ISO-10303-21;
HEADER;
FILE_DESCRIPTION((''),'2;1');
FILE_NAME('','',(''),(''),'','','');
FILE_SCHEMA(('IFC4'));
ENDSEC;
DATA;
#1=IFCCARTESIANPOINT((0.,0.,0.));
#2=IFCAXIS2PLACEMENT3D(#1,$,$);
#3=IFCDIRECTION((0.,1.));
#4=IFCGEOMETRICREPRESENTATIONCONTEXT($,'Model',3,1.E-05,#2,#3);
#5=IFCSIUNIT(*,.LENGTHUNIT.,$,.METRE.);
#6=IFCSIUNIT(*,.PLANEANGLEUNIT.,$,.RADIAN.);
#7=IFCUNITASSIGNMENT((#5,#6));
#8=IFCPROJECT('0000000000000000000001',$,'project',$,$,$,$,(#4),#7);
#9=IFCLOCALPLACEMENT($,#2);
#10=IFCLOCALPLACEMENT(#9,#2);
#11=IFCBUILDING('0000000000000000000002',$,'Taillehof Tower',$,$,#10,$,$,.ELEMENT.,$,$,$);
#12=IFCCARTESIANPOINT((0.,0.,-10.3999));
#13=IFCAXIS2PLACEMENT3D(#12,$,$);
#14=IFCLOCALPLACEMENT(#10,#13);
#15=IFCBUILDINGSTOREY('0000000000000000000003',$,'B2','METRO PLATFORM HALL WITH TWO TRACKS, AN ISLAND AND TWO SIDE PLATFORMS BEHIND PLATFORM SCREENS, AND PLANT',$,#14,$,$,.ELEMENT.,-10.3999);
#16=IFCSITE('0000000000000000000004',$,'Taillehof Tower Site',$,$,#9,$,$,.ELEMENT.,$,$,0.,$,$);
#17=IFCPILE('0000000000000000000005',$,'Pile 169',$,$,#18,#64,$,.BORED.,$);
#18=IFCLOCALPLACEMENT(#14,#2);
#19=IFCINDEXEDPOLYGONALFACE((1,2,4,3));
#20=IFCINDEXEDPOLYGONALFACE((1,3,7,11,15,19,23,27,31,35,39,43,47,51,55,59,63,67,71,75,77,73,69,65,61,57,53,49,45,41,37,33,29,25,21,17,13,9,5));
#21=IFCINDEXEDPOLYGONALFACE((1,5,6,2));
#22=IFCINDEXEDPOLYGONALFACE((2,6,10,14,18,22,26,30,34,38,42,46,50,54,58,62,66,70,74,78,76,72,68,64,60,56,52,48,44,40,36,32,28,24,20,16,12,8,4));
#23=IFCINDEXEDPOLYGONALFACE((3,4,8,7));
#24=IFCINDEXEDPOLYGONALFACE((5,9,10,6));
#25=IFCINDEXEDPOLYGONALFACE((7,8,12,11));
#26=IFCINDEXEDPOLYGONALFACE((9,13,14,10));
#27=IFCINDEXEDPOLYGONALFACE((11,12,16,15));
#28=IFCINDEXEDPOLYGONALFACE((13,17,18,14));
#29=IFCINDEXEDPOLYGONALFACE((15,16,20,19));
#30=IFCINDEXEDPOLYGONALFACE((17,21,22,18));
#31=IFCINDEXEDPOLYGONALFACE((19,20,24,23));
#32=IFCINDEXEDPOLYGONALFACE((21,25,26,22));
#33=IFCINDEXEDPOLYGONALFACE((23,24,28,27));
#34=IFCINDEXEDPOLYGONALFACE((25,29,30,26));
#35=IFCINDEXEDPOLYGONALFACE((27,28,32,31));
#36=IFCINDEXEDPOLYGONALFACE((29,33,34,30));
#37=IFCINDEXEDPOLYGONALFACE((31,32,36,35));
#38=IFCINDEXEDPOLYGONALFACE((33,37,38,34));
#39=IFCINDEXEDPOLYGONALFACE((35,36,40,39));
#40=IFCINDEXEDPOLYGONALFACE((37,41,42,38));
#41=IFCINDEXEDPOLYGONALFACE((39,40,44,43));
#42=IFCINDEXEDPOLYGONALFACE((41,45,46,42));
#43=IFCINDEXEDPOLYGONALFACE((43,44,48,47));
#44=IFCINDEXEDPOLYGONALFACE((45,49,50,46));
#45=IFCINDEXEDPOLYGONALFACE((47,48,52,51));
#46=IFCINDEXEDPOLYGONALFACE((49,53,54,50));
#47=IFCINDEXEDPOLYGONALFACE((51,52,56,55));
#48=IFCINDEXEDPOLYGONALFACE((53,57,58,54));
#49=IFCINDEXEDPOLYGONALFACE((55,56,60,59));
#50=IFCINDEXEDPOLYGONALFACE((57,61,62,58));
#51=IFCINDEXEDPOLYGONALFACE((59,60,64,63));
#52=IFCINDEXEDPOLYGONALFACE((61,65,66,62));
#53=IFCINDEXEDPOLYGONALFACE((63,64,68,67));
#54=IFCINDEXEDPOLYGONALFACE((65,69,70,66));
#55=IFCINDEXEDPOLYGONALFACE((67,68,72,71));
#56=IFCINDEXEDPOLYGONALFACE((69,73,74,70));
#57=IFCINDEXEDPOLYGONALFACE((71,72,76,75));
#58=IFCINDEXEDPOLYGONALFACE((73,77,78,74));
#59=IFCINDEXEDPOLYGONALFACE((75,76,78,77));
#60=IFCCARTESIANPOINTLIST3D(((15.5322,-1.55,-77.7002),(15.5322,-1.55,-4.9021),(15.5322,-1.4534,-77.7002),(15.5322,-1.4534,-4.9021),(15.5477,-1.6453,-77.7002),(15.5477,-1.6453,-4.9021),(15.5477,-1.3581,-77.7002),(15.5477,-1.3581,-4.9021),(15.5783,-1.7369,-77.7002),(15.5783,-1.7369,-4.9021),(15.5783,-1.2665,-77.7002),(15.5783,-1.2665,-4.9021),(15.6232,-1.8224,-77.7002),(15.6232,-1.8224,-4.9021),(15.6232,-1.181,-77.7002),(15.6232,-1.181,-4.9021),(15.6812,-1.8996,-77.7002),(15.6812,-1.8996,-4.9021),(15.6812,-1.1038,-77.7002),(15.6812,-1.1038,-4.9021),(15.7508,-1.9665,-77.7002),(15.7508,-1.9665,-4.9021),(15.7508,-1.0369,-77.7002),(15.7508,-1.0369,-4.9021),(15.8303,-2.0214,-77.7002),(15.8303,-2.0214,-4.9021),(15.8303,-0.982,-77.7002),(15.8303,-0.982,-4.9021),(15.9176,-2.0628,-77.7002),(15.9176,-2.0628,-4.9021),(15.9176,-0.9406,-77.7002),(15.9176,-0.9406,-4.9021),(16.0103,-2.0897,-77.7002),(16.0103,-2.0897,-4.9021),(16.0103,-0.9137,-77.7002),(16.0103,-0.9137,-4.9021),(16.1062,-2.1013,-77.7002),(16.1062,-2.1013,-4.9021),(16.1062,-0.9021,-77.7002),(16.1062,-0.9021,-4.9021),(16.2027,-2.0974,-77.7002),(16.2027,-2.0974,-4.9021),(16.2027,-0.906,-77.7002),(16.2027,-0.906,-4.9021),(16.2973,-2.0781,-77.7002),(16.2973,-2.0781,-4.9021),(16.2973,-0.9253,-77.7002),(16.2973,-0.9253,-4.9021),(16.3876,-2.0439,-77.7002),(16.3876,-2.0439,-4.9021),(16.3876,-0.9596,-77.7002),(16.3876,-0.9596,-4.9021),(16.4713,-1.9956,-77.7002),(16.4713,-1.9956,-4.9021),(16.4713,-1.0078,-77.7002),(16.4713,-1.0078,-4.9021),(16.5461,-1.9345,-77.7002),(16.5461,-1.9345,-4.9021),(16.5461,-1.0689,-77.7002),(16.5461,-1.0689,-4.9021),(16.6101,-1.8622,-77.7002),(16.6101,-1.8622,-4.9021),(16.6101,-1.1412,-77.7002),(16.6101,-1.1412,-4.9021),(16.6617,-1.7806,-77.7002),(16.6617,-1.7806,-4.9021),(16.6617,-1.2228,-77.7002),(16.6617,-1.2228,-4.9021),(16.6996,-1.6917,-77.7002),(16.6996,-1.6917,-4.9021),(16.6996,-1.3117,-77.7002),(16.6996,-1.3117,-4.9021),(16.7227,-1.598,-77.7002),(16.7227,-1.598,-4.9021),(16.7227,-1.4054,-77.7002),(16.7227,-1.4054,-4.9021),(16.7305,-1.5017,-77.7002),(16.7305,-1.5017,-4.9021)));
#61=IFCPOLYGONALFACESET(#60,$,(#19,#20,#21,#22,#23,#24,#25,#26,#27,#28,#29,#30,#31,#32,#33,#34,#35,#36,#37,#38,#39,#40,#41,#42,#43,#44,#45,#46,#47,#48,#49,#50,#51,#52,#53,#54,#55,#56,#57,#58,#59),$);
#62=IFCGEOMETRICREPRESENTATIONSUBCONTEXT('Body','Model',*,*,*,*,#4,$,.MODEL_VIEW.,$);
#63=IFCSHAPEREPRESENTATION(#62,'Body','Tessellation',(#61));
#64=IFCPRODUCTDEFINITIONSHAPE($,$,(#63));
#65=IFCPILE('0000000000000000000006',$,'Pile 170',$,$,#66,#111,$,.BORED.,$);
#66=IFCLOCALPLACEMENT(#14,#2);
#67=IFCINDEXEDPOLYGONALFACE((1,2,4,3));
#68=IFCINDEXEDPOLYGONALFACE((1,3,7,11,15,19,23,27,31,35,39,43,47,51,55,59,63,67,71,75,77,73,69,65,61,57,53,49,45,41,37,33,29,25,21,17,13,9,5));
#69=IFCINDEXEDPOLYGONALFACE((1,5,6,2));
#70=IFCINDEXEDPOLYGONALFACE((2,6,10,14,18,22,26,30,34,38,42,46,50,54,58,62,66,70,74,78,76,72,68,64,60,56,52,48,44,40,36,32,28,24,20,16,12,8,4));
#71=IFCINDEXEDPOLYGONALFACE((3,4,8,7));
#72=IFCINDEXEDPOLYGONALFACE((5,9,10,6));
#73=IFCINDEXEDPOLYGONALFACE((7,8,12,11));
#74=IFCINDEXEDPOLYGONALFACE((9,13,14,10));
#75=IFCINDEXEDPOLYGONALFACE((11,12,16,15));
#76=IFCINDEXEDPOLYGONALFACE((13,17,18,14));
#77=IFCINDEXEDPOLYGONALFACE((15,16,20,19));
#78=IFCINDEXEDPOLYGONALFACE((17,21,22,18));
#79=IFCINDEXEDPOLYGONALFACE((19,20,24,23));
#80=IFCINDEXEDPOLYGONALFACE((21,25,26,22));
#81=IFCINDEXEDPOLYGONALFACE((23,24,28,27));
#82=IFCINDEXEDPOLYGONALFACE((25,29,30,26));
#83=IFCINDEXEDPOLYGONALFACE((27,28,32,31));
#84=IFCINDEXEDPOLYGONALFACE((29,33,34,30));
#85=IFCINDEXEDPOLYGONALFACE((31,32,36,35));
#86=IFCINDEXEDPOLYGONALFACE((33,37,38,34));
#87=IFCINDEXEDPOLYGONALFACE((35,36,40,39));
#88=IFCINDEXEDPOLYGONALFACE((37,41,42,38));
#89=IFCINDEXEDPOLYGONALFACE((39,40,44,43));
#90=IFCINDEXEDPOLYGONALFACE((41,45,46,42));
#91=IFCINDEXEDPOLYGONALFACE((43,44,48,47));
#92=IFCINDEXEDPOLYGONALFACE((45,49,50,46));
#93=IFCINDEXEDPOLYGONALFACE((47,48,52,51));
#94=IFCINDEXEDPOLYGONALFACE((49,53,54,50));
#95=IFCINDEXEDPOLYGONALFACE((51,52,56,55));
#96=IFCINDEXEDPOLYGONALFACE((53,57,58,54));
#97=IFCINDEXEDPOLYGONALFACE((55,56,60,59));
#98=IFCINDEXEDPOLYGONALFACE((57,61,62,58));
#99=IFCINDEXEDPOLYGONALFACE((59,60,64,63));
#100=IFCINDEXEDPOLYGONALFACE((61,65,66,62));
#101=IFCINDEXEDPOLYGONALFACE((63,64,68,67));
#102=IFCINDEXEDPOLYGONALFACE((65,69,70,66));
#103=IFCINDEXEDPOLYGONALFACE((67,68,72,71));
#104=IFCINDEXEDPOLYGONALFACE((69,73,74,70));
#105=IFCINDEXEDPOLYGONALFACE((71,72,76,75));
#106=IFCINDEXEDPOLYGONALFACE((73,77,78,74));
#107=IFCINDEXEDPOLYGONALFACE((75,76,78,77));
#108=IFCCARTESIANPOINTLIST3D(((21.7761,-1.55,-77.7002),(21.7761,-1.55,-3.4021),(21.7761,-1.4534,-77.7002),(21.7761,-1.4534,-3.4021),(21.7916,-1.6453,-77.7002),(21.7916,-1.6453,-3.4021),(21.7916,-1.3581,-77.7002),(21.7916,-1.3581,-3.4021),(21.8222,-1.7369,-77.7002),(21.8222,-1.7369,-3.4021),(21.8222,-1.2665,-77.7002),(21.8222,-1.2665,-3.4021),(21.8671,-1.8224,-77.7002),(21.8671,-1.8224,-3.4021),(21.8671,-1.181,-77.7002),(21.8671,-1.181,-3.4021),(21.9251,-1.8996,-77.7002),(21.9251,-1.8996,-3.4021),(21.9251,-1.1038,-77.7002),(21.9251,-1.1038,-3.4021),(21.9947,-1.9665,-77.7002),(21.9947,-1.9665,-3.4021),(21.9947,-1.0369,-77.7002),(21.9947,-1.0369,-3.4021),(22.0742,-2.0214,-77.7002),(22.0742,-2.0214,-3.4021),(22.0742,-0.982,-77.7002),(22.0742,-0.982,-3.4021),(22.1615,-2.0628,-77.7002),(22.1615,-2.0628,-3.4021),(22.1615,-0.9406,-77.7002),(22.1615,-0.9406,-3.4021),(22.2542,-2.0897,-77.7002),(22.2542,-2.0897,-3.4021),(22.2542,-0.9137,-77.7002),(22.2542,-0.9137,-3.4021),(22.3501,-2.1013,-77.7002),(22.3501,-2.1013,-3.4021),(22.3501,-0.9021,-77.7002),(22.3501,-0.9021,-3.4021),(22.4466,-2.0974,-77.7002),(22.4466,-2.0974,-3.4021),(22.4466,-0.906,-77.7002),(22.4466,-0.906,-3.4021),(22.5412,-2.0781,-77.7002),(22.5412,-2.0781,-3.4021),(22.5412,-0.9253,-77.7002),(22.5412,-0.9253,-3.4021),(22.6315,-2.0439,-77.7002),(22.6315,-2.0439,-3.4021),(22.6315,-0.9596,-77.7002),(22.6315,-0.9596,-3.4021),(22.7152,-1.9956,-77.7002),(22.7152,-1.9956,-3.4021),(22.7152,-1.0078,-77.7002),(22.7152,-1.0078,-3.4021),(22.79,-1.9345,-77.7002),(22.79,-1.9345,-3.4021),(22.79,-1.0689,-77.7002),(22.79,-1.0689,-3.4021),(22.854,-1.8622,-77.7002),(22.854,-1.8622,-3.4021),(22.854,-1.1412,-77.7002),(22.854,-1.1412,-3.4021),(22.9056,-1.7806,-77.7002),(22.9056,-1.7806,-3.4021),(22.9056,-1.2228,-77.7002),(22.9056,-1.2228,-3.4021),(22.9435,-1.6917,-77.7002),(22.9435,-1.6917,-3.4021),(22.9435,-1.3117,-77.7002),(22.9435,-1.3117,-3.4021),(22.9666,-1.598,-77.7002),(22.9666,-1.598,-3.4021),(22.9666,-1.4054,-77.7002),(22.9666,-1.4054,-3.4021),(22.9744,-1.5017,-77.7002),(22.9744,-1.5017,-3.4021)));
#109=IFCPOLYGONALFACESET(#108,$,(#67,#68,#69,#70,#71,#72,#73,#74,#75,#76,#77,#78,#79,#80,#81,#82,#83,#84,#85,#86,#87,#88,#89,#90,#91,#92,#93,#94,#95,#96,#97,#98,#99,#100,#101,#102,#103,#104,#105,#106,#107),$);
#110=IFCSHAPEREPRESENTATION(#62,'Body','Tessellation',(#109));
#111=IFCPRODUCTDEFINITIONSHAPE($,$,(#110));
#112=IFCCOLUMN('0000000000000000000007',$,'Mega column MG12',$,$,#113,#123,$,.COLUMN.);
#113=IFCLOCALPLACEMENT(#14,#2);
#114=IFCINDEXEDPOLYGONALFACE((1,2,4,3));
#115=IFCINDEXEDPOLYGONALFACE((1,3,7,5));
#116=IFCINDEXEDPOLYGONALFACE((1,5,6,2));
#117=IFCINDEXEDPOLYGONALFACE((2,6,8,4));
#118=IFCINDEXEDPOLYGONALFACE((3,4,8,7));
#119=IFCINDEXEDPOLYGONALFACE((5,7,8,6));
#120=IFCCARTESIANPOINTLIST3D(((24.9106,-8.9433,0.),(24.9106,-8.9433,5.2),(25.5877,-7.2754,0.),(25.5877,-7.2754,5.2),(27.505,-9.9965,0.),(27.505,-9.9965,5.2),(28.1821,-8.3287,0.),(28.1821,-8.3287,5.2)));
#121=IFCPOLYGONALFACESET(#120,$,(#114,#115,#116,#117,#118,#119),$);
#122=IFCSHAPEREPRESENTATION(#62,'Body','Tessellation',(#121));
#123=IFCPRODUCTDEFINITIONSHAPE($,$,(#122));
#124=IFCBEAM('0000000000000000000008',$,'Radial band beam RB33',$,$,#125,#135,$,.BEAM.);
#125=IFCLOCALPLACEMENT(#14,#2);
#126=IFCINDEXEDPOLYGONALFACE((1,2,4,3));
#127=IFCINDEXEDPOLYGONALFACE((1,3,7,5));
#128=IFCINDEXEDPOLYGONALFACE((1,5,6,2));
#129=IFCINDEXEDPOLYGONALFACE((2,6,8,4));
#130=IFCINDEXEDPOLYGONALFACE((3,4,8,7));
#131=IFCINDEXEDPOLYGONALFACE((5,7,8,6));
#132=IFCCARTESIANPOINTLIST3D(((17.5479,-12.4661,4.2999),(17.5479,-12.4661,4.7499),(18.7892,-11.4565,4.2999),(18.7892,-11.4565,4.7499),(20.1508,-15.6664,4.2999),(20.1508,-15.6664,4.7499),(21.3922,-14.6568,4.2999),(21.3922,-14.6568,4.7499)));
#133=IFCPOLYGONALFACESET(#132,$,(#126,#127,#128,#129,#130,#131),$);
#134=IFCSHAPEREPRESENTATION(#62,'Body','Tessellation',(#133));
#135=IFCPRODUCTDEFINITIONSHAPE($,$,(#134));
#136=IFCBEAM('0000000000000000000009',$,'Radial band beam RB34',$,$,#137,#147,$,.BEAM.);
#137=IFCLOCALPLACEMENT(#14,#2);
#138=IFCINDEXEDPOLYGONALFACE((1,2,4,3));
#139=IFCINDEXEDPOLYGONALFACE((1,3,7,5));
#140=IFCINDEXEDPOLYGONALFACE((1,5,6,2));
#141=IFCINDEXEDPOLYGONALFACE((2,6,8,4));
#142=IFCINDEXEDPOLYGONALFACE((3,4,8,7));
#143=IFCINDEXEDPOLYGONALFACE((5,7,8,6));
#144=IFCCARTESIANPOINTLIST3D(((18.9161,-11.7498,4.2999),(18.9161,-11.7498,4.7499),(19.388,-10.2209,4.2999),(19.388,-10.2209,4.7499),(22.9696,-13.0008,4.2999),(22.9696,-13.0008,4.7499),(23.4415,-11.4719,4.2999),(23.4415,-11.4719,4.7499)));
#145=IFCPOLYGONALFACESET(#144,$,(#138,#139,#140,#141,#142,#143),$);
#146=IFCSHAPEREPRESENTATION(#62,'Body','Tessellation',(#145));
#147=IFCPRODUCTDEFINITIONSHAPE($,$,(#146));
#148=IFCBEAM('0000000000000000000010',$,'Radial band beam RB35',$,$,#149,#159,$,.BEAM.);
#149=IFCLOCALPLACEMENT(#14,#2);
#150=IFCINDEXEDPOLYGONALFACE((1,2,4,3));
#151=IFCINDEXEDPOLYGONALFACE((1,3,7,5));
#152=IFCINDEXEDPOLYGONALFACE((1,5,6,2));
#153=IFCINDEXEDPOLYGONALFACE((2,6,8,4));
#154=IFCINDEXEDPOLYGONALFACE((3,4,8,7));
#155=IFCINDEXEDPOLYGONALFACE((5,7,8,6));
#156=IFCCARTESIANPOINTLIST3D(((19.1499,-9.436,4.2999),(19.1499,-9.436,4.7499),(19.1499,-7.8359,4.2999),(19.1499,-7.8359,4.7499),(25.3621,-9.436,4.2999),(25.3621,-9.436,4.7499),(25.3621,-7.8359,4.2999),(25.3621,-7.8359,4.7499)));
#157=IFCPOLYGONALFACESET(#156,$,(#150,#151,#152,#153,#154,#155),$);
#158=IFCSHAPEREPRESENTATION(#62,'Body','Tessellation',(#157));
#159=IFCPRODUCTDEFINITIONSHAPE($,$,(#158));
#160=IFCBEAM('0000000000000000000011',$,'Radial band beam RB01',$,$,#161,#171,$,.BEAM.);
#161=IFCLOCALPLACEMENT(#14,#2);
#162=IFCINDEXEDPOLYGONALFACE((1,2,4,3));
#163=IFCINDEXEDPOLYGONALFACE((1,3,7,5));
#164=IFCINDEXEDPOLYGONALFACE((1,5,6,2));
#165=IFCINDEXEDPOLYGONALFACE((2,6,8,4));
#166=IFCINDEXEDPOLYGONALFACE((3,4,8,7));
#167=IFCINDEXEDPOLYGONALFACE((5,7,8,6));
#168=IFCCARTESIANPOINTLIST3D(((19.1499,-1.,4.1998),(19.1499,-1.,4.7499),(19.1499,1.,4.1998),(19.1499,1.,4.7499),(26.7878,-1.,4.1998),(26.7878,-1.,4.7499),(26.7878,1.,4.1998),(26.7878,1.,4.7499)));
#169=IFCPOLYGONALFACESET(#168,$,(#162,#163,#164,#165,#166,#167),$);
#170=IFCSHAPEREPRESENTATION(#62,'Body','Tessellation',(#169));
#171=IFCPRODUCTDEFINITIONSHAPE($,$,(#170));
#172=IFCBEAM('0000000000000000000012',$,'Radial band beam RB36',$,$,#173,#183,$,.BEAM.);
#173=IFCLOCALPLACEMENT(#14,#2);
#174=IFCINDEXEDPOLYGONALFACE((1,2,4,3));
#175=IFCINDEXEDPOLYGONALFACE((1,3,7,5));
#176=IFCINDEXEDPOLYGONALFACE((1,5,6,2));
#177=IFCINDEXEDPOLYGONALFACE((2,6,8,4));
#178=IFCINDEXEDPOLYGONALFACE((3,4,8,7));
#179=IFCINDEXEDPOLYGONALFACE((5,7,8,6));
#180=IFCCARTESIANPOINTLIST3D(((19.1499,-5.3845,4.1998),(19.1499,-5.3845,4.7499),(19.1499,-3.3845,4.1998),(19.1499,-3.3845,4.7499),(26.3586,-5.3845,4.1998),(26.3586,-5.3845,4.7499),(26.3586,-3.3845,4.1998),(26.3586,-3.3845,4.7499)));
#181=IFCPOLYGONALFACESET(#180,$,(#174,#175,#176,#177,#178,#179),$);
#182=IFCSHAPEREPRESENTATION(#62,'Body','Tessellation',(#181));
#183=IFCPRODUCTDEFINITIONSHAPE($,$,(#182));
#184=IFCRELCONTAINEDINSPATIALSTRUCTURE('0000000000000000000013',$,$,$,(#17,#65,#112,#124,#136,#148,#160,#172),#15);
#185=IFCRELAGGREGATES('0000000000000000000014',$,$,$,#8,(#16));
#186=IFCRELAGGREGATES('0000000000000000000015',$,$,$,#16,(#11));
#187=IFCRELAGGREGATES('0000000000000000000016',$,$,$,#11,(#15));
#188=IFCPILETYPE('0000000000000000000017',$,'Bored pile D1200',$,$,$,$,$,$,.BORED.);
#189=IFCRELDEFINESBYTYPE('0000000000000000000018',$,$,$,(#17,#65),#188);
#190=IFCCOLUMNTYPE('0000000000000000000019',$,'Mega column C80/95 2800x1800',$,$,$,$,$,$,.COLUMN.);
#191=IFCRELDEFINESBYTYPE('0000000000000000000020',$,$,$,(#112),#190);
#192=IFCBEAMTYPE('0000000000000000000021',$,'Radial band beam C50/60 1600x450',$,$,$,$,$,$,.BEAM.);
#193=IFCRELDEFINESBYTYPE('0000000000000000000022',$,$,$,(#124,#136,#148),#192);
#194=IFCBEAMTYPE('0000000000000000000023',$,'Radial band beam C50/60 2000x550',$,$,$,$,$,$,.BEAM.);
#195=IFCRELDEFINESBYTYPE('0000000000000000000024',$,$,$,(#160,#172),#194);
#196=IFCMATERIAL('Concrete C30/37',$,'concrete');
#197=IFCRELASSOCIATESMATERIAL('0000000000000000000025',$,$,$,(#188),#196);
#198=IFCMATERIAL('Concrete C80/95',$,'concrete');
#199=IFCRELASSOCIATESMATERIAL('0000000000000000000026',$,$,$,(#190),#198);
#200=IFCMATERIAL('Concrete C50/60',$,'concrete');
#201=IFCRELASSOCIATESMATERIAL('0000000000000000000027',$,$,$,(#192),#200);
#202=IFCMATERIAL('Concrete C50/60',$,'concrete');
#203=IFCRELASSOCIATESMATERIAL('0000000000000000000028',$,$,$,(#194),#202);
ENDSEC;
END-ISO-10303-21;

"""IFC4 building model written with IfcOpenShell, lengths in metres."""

from ifc_helpers import new_model, si_unit, direction, frame, origin, origin_2d, place, context, subcontext, project, spatial, rectangle, circle, extrude, material, material_profile, profile_set, type_object, element, save


model = new_model("IFC4")

# Units and contexts
model_context = context("Model", 3, precision=1e-05, world=origin(), true_north=direction((0.0, 1.0)))
body_context = subcontext(model_context, "Body", "Model", "MODEL_VIEW")
ifc_project = project(units=[si_unit("LENGTHUNIT", "METRE"), si_unit("PLANEANGLEUNIT", "RADIAN")], contexts=[model_context])

# Site, building, storey
site_placement = place(None, origin())
site = spatial("IfcSite", under=ifc_project, at=site_placement, Name="Taillehof Tower Site", CompositionType="ELEMENT", RefElevation=0.0)
building_placement = place(site_placement, origin())
building = spatial("IfcBuilding", under=site, at=building_placement, Name="Taillehof Tower", CompositionType="ELEMENT")
storey_placement = place(building_placement, frame((0.0, 0.0, -10.3999)))
storey = spatial("IfcBuildingStorey", under=building, at=storey_placement, Name="B2", Description="METRO PLATFORM HALL WITH TWO TRACKS, AN ISLAND AND TWO SIDE PLATFORMS BEHIND PLATFORM SCREENS, AND PLANT", CompositionType="ELEMENT", Elevation=-10.3999)

# Piles
ifc_material_1 = material(Name="Concrete C30/37", Category="concrete")
ifc_material_profile_1 = material_profile(ifc_material_1, circle(Radius=0.6001, at=origin_2d()), Name="BP D1200")
ifc_profile_set_1 = profile_set([ifc_material_profile_1], Name="Concrete C30/37")
pile_type = type_object("IfcPileType", Name="Bored pile D1200", PredefinedType="BORED", material=ifc_profile_set_1)
pile_1_placement = place(storey_placement, frame((16.1304, -1.5017, -4.9021), z_axis=(0.0, 0.0, -1.0), x_axis=(1.0, 0.0, 0.0)))
element("IfcPile", 1, at=pile_1_placement, inside=storey, type_object=pile_type, Name="Pile 169", PredefinedType="BORED", context=body_context, shape_type="SweptSolid", body=[
    extrude(circle(Radius=0.6001, at=origin_2d()), origin(), (0.0, 0.0, 1.0), 72.7981),
])
pile_2_placement = place(storey_placement, frame((22.3743, -1.5017, -3.4021), z_axis=(0.0, 0.0, -1.0), x_axis=(1.0, 0.0, 0.0)))
element("IfcPile", 2, at=pile_2_placement, inside=storey, type_object=pile_type, Name="Pile 170", PredefinedType="BORED", context=body_context, shape_type="SweptSolid", body=[
    extrude(circle(Radius=0.6001, at=origin_2d()), origin(), (0.0, 0.0, 1.0), 74.2981),
])

# Column
ifc_material_2 = material(Name="Concrete C80/95", Category="concrete")
ifc_material_profile_2 = material_profile(ifc_material_2, rectangle(XDim=2.8, YDim=1.8, at=origin_2d()), Name="RC 2800x1800")
ifc_profile_set_2 = profile_set([ifc_material_profile_2], Name="Concrete C80/95")
column_type = type_object("IfcColumnType", Name="Mega column C80/95 2800x1800", PredefinedType="COLUMN", material=ifc_profile_set_2)
column_placement = place(storey_placement, frame((26.5464, -8.636, 0.0), z_axis=(0.0, 0.0, 1.0), x_axis=(0.926558, -0.376152, 0.0)))
element("IfcColumn", 3, at=column_placement, inside=storey, type_object=column_type, Name="Mega column MG12", PredefinedType="COLUMN", context=body_context, shape_type="SweptSolid", body=[
    extrude(rectangle(XDim=2.8, YDim=1.8, at=origin_2d()), origin(), (0.0, 0.0, 1.0), 5.2),
])

# Beams
ifc_material_3 = material(Name="Concrete C50/60", Category="concrete")
ifc_material_profile_3 = material_profile(ifc_material_3, rectangle(XDim=1.6001, YDim=0.45, at=origin_2d()), Name="RC 1600x450")
ifc_profile_set_3 = profile_set([ifc_material_profile_3], Name="Concrete C50/60")
beam_type_1 = type_object("IfcBeamType", Name="Radial band beam C50/60 1600x450", PredefinedType="BEAM", material=ifc_profile_set_3)
beam_1_placement = place(storey_placement, frame((20.7715, -15.1616, 4.5249), z_axis=(-0.630982, 0.775797, 0.0), x_axis=(-0.775797, -0.630982, 0.0)))
element("IfcBeam", 4, at=beam_1_placement, inside=storey, type_object=beam_type_1, Name="Radial band beam RB33", PredefinedType="BEAM", context=body_context, shape_type="SweptSolid", body=[
    extrude(rectangle(XDim=1.6001, YDim=0.45, at=origin_2d()), origin(), (0.0, 0.0, 1.0), 4.1252),
])
beam_2_placement = place(storey_placement, frame((23.2056, -12.2363, 4.5249), z_axis=(-0.95553, 0.294895, 0.0), x_axis=(-0.294895, -0.95553, 0.0)))
element("IfcBeam", 5, at=beam_2_placement, inside=storey, type_object=beam_type_1, Name="Radial band beam RB34", PredefinedType="BEAM", context=body_context, shape_type="SweptSolid", body=[
    extrude(rectangle(XDim=1.6001, YDim=0.45, at=origin_2d()), origin(), (0.0, 0.0, 1.0), 4.2422),
])
beam_3_placement = place(storey_placement, frame((25.3621, -8.636, 4.5249), z_axis=(-1.0, 0.0, 0.0), x_axis=(0.0, -1.0, 0.0)))
element("IfcBeam", 6, at=beam_3_placement, inside=storey, type_object=beam_type_1, Name="Radial band beam RB35", PredefinedType="BEAM", context=body_context, shape_type="SweptSolid", body=[
    extrude(rectangle(XDim=1.6001, YDim=0.45, at=origin_2d()), origin(), (0.0, 0.0, 1.0), 6.2122),
])
ifc_material_4 = material(Name="Concrete C50/60", Category="concrete")
ifc_material_profile_4 = material_profile(ifc_material_4, rectangle(XDim=2.0, YDim=0.55, at=origin_2d()), Name="RC 2000x550")
ifc_profile_set_4 = profile_set([ifc_material_profile_4], Name="Concrete C50/60")
beam_type_2 = type_object("IfcBeamType", Name="Radial band beam C50/60 2000x550", PredefinedType="BEAM", material=ifc_profile_set_4)
beam_4_placement = place(storey_placement, frame((26.7878, 0.0, 4.4749), z_axis=(-1.0, 0.0, 0.0), x_axis=(0.0, -1.0, 0.0)))
element("IfcBeam", 7, at=beam_4_placement, inside=storey, type_object=beam_type_2, Name="Radial band beam RB01", PredefinedType="BEAM", context=body_context, shape_type="SweptSolid", body=[
    extrude(rectangle(XDim=2.0, YDim=0.55, at=origin_2d()), origin(), (0.0, 0.0, 1.0), 7.6379),
])
beam_5_placement = place(storey_placement, frame((26.3586, -4.3845, 4.4749), z_axis=(-1.0, 0.0, 0.0), x_axis=(0.0, -1.0, 0.0)))
element("IfcBeam", 8, at=beam_5_placement, inside=storey, type_object=beam_type_2, Name="Radial band beam RB36", PredefinedType="BEAM", context=body_context, shape_type="SweptSolid", body=[
    extrude(rectangle(XDim=2.0, YDim=0.55, at=origin_2d()), origin(), (0.0, 0.0, 1.0), 7.2087),
])

save(model, "model.ifc")
